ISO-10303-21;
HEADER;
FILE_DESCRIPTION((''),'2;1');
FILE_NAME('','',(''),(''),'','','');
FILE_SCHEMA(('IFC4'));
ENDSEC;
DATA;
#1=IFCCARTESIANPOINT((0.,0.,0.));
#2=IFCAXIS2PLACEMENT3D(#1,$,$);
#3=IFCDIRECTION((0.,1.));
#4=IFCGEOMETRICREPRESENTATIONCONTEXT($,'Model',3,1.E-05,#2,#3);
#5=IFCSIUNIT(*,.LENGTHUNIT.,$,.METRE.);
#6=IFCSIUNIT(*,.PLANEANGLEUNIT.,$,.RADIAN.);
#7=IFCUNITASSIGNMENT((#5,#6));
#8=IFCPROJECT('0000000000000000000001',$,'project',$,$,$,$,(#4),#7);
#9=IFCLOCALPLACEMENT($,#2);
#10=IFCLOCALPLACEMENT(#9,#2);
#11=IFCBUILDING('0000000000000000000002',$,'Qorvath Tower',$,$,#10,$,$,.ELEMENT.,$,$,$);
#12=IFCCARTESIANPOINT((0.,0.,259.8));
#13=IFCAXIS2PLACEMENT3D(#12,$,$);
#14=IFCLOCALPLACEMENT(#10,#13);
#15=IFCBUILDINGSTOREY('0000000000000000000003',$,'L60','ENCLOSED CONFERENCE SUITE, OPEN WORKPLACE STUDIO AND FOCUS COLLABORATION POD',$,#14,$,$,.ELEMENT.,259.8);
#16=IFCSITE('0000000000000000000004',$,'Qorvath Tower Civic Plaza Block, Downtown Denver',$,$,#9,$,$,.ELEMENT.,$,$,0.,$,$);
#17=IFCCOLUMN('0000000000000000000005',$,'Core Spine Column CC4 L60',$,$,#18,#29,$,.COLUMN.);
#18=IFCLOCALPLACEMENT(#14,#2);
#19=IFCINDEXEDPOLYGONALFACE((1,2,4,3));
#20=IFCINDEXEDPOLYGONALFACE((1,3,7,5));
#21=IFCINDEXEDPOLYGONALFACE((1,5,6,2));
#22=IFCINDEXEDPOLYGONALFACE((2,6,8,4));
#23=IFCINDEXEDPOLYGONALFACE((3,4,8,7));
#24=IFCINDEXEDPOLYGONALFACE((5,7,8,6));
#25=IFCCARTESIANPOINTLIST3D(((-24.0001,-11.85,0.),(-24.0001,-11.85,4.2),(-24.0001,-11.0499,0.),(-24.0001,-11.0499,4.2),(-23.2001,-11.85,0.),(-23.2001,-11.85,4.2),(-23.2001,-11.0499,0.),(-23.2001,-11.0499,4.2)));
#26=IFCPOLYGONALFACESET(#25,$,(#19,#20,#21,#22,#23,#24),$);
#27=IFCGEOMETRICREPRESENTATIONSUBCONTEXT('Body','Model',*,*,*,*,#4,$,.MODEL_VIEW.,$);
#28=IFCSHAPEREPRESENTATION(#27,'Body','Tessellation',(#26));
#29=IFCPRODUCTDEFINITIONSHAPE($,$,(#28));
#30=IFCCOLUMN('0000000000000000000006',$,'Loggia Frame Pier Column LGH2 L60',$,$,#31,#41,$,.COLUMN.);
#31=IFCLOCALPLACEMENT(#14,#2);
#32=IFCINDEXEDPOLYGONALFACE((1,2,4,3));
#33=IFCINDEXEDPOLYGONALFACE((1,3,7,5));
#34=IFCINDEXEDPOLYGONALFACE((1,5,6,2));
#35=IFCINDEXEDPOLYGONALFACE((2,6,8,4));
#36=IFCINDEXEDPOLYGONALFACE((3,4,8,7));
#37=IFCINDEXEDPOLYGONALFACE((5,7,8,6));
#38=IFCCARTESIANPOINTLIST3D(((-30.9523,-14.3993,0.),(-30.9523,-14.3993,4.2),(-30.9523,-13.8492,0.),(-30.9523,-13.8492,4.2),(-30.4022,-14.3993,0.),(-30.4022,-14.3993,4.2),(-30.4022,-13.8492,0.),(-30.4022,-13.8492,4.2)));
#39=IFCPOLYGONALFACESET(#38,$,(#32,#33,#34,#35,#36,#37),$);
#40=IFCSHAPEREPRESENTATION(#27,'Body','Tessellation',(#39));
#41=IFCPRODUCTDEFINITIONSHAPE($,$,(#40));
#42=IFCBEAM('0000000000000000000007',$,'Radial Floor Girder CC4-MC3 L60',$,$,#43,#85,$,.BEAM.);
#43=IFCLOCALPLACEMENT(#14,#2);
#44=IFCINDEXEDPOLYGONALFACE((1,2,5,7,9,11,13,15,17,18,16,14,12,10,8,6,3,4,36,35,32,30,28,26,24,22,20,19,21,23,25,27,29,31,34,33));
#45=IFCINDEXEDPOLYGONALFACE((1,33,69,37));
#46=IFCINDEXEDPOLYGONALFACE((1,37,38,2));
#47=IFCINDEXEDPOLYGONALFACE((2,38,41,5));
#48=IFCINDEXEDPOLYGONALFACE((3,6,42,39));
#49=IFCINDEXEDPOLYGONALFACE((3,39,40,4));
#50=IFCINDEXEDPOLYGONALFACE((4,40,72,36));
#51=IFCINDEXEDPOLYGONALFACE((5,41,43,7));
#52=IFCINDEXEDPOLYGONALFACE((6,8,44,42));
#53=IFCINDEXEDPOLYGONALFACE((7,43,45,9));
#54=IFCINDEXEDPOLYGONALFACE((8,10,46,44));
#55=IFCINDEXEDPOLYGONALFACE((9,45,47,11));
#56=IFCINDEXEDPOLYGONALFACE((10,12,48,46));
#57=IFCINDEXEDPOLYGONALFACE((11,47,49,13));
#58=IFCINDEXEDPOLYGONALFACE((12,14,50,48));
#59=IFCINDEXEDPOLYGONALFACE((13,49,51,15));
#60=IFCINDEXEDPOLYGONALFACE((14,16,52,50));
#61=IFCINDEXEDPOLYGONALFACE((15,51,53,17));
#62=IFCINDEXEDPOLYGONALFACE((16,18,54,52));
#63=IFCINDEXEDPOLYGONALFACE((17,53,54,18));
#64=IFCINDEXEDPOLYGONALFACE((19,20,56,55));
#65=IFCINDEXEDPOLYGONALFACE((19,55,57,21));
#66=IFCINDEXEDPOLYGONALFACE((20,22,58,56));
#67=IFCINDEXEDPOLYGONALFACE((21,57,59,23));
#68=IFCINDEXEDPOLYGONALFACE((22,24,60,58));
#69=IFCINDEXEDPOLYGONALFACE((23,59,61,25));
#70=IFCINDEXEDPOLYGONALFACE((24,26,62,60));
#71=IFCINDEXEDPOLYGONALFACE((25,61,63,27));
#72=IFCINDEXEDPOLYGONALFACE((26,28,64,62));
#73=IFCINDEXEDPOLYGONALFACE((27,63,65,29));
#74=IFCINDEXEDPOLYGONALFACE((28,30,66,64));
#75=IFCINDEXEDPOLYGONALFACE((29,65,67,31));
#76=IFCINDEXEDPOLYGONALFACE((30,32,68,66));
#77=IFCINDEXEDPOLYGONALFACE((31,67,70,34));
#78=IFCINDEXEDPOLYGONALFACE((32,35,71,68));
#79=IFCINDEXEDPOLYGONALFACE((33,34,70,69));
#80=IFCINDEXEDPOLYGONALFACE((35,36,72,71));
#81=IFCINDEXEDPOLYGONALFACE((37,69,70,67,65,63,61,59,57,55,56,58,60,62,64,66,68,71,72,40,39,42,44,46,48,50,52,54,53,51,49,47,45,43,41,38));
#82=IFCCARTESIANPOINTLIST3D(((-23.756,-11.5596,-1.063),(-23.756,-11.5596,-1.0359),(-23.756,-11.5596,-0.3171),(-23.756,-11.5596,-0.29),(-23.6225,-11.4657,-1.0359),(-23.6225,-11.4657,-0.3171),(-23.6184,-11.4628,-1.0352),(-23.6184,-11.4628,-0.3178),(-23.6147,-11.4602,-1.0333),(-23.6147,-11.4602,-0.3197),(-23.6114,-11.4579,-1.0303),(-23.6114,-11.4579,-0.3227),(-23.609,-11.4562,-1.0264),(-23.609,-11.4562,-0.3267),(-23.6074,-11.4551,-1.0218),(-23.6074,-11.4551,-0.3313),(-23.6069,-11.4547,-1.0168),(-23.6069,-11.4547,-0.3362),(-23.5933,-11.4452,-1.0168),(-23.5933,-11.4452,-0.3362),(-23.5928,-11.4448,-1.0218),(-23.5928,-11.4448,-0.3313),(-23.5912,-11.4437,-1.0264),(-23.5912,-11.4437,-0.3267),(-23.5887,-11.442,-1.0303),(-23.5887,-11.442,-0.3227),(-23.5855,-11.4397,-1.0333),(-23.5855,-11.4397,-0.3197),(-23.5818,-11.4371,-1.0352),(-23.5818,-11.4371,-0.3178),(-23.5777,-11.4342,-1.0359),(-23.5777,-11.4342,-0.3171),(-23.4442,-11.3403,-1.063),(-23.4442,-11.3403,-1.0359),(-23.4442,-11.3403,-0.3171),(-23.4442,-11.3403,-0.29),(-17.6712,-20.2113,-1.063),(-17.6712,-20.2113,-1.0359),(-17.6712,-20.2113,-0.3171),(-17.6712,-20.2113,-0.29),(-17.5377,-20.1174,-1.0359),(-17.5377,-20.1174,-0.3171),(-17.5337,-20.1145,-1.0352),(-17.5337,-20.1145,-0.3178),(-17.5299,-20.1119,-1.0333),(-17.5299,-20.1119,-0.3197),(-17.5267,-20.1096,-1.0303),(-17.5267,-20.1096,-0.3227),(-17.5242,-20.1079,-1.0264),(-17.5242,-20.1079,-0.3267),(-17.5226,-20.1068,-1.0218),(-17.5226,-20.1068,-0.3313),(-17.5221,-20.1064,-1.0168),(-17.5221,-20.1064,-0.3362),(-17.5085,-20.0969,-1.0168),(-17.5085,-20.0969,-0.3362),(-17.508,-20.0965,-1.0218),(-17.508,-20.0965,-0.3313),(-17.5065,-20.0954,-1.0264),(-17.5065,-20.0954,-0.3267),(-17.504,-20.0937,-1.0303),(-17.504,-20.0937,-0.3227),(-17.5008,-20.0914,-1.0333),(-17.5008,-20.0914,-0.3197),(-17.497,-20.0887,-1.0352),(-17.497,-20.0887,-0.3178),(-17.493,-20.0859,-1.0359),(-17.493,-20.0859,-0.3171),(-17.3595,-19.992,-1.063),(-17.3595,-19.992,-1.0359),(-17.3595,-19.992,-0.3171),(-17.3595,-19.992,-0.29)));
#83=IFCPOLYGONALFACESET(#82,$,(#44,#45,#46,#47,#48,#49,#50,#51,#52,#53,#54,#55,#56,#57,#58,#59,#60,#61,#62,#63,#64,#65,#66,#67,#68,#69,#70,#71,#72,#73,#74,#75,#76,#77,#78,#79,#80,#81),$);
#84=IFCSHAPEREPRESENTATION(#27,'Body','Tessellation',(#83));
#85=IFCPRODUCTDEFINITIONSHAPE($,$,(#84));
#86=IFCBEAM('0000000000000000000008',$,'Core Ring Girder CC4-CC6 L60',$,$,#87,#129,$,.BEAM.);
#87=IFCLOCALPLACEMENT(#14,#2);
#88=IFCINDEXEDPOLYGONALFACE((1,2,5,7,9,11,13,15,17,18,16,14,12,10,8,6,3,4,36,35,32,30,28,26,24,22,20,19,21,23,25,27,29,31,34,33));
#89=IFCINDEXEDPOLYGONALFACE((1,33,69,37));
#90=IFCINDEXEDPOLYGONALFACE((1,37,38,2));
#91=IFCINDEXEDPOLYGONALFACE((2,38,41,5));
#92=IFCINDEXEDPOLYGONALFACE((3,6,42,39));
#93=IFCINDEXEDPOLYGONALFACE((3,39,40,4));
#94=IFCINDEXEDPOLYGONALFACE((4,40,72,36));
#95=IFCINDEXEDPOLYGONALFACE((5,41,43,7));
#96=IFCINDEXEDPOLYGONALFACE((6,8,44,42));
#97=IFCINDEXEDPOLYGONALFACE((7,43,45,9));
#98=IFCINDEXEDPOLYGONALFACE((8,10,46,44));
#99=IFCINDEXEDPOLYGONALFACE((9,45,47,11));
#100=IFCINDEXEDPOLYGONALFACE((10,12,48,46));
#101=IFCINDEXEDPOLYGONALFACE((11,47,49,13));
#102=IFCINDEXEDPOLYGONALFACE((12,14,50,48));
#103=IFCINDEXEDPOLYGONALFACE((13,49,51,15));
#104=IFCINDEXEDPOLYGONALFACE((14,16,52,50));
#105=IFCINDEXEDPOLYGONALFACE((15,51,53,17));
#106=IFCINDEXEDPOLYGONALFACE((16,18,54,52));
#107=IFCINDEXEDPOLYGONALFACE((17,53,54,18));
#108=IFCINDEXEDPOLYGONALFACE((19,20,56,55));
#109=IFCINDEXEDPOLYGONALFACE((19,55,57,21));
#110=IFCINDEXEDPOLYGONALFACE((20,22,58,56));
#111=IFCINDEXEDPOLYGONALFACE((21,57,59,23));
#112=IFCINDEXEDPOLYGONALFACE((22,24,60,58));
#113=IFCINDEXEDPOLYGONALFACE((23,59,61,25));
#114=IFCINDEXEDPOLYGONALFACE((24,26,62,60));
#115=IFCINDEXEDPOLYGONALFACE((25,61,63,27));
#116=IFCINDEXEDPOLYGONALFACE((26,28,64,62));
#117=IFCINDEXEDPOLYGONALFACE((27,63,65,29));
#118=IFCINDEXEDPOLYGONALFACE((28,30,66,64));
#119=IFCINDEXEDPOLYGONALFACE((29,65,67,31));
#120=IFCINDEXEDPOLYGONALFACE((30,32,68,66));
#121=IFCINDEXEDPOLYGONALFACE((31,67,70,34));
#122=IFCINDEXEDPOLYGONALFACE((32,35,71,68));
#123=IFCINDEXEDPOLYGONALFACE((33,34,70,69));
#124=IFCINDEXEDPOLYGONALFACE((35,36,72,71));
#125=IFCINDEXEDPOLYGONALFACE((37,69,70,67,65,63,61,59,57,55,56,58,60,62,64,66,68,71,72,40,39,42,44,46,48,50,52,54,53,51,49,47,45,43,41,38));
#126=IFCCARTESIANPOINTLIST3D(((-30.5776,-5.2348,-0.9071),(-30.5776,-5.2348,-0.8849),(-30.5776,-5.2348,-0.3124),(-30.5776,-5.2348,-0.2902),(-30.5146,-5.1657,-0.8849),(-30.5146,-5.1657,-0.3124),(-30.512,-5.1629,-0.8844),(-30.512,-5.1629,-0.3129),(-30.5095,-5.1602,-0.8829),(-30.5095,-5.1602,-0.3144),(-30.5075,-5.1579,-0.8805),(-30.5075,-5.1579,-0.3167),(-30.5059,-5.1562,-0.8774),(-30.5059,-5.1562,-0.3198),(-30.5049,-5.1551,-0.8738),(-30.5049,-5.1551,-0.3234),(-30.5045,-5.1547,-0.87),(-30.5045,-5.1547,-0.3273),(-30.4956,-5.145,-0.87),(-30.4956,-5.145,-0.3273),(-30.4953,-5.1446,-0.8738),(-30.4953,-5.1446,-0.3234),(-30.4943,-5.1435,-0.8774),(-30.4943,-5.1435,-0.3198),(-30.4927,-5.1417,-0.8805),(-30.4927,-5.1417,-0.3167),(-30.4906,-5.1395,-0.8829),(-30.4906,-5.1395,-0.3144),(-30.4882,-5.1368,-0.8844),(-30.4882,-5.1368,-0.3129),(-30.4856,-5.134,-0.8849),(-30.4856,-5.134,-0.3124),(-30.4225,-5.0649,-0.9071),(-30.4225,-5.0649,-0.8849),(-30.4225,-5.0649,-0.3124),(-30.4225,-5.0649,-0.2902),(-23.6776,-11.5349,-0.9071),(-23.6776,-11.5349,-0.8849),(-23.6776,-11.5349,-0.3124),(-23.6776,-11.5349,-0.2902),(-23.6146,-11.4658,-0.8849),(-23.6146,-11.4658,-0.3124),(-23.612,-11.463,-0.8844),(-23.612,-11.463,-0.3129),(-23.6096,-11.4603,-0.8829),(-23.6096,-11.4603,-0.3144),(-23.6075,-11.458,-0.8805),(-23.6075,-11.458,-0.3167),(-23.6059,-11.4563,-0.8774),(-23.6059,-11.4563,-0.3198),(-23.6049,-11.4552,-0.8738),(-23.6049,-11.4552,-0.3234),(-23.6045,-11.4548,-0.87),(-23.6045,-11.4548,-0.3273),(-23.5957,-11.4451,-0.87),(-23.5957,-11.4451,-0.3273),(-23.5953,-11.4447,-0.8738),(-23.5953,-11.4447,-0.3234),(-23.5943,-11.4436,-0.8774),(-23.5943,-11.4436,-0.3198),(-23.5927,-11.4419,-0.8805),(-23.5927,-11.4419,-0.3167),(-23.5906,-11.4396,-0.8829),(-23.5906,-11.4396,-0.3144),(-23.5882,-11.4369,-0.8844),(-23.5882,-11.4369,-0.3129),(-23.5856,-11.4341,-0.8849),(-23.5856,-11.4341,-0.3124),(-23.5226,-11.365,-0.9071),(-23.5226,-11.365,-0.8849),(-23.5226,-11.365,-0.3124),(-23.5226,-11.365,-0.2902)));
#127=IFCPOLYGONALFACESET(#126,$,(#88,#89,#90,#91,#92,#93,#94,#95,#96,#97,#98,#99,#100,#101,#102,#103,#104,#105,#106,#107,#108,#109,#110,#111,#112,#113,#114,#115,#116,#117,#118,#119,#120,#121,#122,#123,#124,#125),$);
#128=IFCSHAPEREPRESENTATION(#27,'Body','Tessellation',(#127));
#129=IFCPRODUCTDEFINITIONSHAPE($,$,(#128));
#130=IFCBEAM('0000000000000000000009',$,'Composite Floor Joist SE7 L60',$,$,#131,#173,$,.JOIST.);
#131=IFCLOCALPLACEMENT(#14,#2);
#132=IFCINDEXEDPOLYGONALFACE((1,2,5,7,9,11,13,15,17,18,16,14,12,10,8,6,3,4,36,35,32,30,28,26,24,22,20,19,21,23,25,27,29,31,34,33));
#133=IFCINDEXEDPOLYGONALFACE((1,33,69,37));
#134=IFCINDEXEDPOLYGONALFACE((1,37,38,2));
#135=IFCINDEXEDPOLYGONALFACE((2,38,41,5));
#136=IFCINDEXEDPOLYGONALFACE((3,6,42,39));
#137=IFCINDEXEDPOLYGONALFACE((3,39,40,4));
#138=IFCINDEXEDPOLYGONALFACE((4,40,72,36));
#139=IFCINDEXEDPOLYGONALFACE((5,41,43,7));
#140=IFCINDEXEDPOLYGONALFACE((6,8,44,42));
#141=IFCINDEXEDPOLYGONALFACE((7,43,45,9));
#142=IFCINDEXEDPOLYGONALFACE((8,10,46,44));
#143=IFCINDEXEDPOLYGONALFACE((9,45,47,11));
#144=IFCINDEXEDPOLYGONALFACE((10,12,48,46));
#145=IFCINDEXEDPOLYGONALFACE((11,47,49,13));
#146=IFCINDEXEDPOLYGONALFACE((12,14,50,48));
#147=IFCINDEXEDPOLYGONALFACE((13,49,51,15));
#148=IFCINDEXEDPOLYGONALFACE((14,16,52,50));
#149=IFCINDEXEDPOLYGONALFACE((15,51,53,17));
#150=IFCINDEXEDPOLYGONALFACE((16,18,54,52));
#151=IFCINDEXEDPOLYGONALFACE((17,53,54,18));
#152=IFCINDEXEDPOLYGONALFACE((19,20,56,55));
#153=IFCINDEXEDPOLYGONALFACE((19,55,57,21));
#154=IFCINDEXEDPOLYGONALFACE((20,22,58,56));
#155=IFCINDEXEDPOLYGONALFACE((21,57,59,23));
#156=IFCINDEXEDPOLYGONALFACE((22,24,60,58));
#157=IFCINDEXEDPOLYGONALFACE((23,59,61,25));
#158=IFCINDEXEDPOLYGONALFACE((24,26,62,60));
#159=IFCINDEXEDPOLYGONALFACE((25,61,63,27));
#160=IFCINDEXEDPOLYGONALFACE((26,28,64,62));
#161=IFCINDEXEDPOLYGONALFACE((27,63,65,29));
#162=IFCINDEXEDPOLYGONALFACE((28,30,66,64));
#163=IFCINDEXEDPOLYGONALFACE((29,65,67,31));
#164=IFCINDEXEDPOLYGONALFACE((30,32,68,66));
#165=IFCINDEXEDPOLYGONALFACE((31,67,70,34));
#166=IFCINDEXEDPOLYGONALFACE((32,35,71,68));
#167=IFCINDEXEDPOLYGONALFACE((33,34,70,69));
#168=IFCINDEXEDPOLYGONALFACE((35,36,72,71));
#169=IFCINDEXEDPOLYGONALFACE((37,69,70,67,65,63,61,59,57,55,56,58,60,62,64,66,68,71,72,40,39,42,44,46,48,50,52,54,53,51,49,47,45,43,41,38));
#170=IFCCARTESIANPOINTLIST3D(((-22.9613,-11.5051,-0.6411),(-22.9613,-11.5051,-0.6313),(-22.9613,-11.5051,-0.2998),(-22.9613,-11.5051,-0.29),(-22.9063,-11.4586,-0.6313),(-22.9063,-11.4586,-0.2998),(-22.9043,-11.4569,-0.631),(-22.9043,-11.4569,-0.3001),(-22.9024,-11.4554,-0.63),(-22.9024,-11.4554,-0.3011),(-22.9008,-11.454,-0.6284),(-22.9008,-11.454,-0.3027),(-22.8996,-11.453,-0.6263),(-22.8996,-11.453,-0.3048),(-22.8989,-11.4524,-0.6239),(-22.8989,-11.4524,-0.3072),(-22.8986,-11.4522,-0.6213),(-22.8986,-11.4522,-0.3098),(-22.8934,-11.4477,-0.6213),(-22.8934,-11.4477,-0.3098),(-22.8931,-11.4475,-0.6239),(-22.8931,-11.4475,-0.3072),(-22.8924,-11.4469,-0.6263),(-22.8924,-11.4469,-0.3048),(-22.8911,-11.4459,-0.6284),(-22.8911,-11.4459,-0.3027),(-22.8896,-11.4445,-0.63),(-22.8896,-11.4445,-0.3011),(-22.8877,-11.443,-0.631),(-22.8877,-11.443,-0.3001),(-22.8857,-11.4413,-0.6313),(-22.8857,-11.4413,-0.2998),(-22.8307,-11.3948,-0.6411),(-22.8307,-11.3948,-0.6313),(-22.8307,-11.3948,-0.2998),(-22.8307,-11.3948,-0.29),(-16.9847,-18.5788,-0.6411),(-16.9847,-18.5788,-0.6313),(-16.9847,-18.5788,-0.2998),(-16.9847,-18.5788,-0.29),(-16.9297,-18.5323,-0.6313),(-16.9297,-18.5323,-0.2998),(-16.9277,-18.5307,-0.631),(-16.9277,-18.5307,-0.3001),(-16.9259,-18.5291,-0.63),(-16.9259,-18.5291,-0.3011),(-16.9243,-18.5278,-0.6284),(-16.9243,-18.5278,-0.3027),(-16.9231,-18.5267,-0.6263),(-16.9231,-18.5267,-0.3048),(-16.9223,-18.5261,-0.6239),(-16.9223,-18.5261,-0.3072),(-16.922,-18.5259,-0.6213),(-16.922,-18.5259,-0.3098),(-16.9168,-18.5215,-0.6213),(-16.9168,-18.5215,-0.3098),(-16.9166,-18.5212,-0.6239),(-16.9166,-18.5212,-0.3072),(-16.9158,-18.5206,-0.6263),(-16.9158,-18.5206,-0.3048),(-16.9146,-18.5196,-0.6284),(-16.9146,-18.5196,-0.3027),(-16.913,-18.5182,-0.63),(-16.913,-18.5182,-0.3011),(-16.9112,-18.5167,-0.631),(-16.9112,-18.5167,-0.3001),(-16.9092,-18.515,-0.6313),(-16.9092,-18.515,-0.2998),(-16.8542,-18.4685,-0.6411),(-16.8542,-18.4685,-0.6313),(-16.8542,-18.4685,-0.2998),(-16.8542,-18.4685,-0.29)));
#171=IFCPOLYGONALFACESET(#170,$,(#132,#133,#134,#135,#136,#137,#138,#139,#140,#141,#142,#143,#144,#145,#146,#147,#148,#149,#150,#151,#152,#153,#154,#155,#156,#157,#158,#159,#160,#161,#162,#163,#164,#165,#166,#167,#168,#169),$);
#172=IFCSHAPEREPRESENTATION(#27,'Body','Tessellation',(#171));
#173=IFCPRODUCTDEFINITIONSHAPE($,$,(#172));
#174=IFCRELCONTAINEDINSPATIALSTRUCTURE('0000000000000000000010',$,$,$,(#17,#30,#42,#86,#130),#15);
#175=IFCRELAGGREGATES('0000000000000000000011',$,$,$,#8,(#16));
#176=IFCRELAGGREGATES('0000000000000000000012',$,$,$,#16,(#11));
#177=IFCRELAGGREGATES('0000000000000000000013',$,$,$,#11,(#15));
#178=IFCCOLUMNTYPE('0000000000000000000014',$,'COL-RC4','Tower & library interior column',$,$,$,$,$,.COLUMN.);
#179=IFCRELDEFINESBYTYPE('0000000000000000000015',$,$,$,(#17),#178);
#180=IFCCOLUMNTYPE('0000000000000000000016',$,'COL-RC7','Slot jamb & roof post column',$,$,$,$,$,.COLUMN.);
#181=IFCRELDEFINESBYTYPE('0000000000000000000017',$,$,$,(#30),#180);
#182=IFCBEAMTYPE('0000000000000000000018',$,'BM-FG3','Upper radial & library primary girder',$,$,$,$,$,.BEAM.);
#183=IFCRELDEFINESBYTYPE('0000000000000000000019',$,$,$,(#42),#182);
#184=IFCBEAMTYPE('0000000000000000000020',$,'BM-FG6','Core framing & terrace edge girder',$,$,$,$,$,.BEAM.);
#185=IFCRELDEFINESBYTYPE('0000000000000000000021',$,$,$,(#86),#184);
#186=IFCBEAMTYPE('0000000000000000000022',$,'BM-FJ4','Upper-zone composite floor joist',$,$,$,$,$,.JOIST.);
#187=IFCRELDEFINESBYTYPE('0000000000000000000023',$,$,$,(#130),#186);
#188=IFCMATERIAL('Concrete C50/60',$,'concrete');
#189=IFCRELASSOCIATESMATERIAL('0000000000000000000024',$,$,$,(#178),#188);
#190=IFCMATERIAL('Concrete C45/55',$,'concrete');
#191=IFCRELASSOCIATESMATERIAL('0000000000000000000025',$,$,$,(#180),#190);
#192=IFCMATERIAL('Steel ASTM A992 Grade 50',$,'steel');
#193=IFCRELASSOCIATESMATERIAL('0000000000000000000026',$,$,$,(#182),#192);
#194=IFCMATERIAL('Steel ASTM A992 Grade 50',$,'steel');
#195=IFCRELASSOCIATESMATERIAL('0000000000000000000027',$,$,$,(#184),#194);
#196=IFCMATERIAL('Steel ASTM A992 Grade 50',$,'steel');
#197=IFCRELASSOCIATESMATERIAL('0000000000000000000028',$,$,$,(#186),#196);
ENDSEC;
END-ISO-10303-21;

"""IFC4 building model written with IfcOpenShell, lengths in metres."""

from ifc_helpers import new_model, si_unit, direction, frame, origin, origin_2d, place, context, subcontext, project, spatial, rectangle, i_section, extrude, material, material_profile, profile_set, type_object, element, save


model = new_model("IFC4")

# Units and contexts
model_context = context("Model", 3, precision=1e-05, world=origin(), true_north=direction((0.0, 1.0)))
body_context = subcontext(model_context, "Body", "Model", "MODEL_VIEW")
ifc_project = project(units=[si_unit("LENGTHUNIT", "METRE"), si_unit("PLANEANGLEUNIT", "RADIAN")], contexts=[model_context])

# Site, building, storey
site_placement = place(None, origin())
site = spatial("IfcSite", under=ifc_project, at=site_placement, Name="Qorvath Tower Civic Plaza Block, Downtown Denver", CompositionType="ELEMENT", RefElevation=0.0)
building_placement = place(site_placement, origin())
building = spatial("IfcBuilding", under=site, at=building_placement, Name="Qorvath Tower", CompositionType="ELEMENT")
storey_placement = place(building_placement, frame((0.0, 0.0, 259.8)))
storey = spatial("IfcBuildingStorey", under=building, at=storey_placement, Name="L60", Description="ENCLOSED CONFERENCE SUITE, OPEN WORKPLACE STUDIO AND FOCUS COLLABORATION POD", CompositionType="ELEMENT", Elevation=259.8)

# Columns
ifc_material_1 = material(Name="Concrete C50/60", Category="concrete")
ifc_material_profile_1 = material_profile(ifc_material_1, rectangle(XDim=0.8, YDim=0.8, at=origin_2d()), Name="RC 800x800")
ifc_profile_set_1 = profile_set([ifc_material_profile_1], Name="Concrete C50/60")
column_type_1 = type_object("IfcColumnType", Name="COL-RC4", Description="Tower & library interior column", PredefinedType="COLUMN", material=ifc_profile_set_1)
column_1_placement = place(storey_placement, frame((-23.6001, -11.45, 0.0), z_axis=(0.0, 0.0, 1.0), x_axis=(1.0, 0.0, 0.0)))
element("IfcColumn", 1, at=column_1_placement, inside=storey, type_object=column_type_1, Name="Core Spine Column CC4 L60", PredefinedType="COLUMN", context=body_context, shape_type="SweptSolid", body=[
    extrude(rectangle(XDim=0.8, YDim=0.8, at=origin_2d()), origin(), (0.0, 0.0, 1.0), 4.2),
])
ifc_material_2 = material(Name="Concrete C45/55", Category="concrete")
ifc_material_profile_2 = material_profile(ifc_material_2, rectangle(XDim=0.55, YDim=0.55, at=origin_2d()), Name="RC 550x550")
ifc_profile_set_2 = profile_set([ifc_material_profile_2], Name="Concrete C45/55")
column_type_2 = type_object("IfcColumnType", Name="COL-RC7", Description="Slot jamb & roof post column", PredefinedType="COLUMN", material=ifc_profile_set_2)
column_2_placement = place(storey_placement, frame((-30.6772, -14.1243, 0.0), z_axis=(0.0, 0.0, 1.0), x_axis=(1.0, 0.0, 0.0)))
element("IfcColumn", 2, at=column_2_placement, inside=storey, type_object=column_type_2, Name="Loggia Frame Pier Column LGH2 L60", PredefinedType="COLUMN", context=body_context, shape_type="SweptSolid", body=[
    extrude(rectangle(XDim=0.55, YDim=0.55, at=origin_2d()), origin(), (0.0, 0.0, 1.0), 4.2),
])

# Beams
ifc_material_3 = material(Name="Steel ASTM A992 Grade 50", Category="steel")
ifc_material_profile_3 = material_profile(ifc_material_3, i_section(OverallWidth=0.3811, OverallDepth=0.7729, WebThickness=0.0166, FlangeThickness=0.0271, FilletRadius=0.019, at=origin_2d()), Name="W30x173")
ifc_profile_set_3 = profile_set([ifc_material_profile_3], Name="Steel ASTM A992 Grade 50")
beam_type_1 = type_object("IfcBeamType", Name="BM-FG3", Description="Upper radial & library primary girder", PredefinedType="BEAM", material=ifc_profile_set_3)
beam_1_placement = place(storey_placement, frame((-23.6001, -11.45, -0.6765), z_axis=(0.575275, -0.81796, 0.0), x_axis=(0.81796, 0.575275, 0.0)))
element("IfcBeam", 3, at=beam_1_placement, inside=storey, type_object=beam_type_1, Name="Radial Floor Girder CC4-MC3 L60", PredefinedType="BEAM", context=body_context, shape_type="SweptSolid", body=[
    extrude(i_section(OverallWidth=0.3811, OverallDepth=0.7729, WebThickness=0.0166, FlangeThickness=0.0271, FilletRadius=0.019, at=origin_2d()), origin(), (0.0, 0.0, 1.0), 10.5771),
])
ifc_material_4 = material(Name="Steel ASTM A992 Grade 50", Category="steel")
ifc_material_profile_4 = material_profile(ifc_material_4, i_section(OverallWidth=0.23, OverallDepth=0.6169, WebThickness=0.0132, FlangeThickness=0.0222, FilletRadius=0.0149, at=origin_2d()), Name="W24x94")
ifc_profile_set_4 = profile_set([ifc_material_profile_4], Name="Steel ASTM A992 Grade 50")
beam_type_2 = type_object("IfcBeamType", Name="BM-FG6", Description="Core framing & terrace edge girder", PredefinedType="BEAM", material=ifc_profile_set_4)
beam_2_placement = place(storey_placement, frame((-23.6001, -11.45, -0.5986), z_axis=(-0.738478, 0.674277, 0.0), x_axis=(-0.674277, -0.738478, 0.0)))
element("IfcBeam", 4, at=beam_2_placement, inside=storey, type_object=beam_type_2, Name="Core Ring Girder CC4-CC6 L60", PredefinedType="BEAM", context=body_context, shape_type="SweptSolid", body=[
    extrude(i_section(OverallWidth=0.23, OverallDepth=0.6169, WebThickness=0.0132, FlangeThickness=0.0222, FilletRadius=0.0149, at=origin_2d()), origin(), (0.0, 0.0, 1.0), 9.3435),
])
ifc_material_5 = material(Name="Steel ASTM A992 Grade 50", Category="steel")
ifc_material_profile_5 = material_profile(ifc_material_5, i_section(OverallWidth=0.1709, OverallDepth=0.3511, WebThickness=0.0068, FlangeThickness=0.0098, FilletRadius=0.01, at=origin_2d()), Name="W14x30")
ifc_profile_set_5 = profile_set([ifc_material_profile_5], Name="Steel ASTM A992 Grade 50")
beam_type_3 = type_object("IfcBeamType", Name="BM-FJ4", Description="Upper-zone composite floor joist", PredefinedType="JOIST", material=ifc_profile_set_5)
beam_3_placement = place(storey_placement, frame((-22.896, -11.45, -0.4656), z_axis=(0.645382, -0.76386, 0.0), x_axis=(0.76386, 0.645382, 0.0)))
element("IfcBeam", 5, at=beam_3_placement, inside=storey, type_object=beam_type_3, Name="Composite Floor Joist SE7 L60", PredefinedType="JOIST", context=body_context, shape_type="SweptSolid", body=[
    extrude(i_section(OverallWidth=0.1709, OverallDepth=0.3511, WebThickness=0.0068, FlangeThickness=0.0098, FilletRadius=0.01, at=origin_2d()), origin(), (0.0, 0.0, 1.0), 9.2605),
])

save(model, "model.ifc")
